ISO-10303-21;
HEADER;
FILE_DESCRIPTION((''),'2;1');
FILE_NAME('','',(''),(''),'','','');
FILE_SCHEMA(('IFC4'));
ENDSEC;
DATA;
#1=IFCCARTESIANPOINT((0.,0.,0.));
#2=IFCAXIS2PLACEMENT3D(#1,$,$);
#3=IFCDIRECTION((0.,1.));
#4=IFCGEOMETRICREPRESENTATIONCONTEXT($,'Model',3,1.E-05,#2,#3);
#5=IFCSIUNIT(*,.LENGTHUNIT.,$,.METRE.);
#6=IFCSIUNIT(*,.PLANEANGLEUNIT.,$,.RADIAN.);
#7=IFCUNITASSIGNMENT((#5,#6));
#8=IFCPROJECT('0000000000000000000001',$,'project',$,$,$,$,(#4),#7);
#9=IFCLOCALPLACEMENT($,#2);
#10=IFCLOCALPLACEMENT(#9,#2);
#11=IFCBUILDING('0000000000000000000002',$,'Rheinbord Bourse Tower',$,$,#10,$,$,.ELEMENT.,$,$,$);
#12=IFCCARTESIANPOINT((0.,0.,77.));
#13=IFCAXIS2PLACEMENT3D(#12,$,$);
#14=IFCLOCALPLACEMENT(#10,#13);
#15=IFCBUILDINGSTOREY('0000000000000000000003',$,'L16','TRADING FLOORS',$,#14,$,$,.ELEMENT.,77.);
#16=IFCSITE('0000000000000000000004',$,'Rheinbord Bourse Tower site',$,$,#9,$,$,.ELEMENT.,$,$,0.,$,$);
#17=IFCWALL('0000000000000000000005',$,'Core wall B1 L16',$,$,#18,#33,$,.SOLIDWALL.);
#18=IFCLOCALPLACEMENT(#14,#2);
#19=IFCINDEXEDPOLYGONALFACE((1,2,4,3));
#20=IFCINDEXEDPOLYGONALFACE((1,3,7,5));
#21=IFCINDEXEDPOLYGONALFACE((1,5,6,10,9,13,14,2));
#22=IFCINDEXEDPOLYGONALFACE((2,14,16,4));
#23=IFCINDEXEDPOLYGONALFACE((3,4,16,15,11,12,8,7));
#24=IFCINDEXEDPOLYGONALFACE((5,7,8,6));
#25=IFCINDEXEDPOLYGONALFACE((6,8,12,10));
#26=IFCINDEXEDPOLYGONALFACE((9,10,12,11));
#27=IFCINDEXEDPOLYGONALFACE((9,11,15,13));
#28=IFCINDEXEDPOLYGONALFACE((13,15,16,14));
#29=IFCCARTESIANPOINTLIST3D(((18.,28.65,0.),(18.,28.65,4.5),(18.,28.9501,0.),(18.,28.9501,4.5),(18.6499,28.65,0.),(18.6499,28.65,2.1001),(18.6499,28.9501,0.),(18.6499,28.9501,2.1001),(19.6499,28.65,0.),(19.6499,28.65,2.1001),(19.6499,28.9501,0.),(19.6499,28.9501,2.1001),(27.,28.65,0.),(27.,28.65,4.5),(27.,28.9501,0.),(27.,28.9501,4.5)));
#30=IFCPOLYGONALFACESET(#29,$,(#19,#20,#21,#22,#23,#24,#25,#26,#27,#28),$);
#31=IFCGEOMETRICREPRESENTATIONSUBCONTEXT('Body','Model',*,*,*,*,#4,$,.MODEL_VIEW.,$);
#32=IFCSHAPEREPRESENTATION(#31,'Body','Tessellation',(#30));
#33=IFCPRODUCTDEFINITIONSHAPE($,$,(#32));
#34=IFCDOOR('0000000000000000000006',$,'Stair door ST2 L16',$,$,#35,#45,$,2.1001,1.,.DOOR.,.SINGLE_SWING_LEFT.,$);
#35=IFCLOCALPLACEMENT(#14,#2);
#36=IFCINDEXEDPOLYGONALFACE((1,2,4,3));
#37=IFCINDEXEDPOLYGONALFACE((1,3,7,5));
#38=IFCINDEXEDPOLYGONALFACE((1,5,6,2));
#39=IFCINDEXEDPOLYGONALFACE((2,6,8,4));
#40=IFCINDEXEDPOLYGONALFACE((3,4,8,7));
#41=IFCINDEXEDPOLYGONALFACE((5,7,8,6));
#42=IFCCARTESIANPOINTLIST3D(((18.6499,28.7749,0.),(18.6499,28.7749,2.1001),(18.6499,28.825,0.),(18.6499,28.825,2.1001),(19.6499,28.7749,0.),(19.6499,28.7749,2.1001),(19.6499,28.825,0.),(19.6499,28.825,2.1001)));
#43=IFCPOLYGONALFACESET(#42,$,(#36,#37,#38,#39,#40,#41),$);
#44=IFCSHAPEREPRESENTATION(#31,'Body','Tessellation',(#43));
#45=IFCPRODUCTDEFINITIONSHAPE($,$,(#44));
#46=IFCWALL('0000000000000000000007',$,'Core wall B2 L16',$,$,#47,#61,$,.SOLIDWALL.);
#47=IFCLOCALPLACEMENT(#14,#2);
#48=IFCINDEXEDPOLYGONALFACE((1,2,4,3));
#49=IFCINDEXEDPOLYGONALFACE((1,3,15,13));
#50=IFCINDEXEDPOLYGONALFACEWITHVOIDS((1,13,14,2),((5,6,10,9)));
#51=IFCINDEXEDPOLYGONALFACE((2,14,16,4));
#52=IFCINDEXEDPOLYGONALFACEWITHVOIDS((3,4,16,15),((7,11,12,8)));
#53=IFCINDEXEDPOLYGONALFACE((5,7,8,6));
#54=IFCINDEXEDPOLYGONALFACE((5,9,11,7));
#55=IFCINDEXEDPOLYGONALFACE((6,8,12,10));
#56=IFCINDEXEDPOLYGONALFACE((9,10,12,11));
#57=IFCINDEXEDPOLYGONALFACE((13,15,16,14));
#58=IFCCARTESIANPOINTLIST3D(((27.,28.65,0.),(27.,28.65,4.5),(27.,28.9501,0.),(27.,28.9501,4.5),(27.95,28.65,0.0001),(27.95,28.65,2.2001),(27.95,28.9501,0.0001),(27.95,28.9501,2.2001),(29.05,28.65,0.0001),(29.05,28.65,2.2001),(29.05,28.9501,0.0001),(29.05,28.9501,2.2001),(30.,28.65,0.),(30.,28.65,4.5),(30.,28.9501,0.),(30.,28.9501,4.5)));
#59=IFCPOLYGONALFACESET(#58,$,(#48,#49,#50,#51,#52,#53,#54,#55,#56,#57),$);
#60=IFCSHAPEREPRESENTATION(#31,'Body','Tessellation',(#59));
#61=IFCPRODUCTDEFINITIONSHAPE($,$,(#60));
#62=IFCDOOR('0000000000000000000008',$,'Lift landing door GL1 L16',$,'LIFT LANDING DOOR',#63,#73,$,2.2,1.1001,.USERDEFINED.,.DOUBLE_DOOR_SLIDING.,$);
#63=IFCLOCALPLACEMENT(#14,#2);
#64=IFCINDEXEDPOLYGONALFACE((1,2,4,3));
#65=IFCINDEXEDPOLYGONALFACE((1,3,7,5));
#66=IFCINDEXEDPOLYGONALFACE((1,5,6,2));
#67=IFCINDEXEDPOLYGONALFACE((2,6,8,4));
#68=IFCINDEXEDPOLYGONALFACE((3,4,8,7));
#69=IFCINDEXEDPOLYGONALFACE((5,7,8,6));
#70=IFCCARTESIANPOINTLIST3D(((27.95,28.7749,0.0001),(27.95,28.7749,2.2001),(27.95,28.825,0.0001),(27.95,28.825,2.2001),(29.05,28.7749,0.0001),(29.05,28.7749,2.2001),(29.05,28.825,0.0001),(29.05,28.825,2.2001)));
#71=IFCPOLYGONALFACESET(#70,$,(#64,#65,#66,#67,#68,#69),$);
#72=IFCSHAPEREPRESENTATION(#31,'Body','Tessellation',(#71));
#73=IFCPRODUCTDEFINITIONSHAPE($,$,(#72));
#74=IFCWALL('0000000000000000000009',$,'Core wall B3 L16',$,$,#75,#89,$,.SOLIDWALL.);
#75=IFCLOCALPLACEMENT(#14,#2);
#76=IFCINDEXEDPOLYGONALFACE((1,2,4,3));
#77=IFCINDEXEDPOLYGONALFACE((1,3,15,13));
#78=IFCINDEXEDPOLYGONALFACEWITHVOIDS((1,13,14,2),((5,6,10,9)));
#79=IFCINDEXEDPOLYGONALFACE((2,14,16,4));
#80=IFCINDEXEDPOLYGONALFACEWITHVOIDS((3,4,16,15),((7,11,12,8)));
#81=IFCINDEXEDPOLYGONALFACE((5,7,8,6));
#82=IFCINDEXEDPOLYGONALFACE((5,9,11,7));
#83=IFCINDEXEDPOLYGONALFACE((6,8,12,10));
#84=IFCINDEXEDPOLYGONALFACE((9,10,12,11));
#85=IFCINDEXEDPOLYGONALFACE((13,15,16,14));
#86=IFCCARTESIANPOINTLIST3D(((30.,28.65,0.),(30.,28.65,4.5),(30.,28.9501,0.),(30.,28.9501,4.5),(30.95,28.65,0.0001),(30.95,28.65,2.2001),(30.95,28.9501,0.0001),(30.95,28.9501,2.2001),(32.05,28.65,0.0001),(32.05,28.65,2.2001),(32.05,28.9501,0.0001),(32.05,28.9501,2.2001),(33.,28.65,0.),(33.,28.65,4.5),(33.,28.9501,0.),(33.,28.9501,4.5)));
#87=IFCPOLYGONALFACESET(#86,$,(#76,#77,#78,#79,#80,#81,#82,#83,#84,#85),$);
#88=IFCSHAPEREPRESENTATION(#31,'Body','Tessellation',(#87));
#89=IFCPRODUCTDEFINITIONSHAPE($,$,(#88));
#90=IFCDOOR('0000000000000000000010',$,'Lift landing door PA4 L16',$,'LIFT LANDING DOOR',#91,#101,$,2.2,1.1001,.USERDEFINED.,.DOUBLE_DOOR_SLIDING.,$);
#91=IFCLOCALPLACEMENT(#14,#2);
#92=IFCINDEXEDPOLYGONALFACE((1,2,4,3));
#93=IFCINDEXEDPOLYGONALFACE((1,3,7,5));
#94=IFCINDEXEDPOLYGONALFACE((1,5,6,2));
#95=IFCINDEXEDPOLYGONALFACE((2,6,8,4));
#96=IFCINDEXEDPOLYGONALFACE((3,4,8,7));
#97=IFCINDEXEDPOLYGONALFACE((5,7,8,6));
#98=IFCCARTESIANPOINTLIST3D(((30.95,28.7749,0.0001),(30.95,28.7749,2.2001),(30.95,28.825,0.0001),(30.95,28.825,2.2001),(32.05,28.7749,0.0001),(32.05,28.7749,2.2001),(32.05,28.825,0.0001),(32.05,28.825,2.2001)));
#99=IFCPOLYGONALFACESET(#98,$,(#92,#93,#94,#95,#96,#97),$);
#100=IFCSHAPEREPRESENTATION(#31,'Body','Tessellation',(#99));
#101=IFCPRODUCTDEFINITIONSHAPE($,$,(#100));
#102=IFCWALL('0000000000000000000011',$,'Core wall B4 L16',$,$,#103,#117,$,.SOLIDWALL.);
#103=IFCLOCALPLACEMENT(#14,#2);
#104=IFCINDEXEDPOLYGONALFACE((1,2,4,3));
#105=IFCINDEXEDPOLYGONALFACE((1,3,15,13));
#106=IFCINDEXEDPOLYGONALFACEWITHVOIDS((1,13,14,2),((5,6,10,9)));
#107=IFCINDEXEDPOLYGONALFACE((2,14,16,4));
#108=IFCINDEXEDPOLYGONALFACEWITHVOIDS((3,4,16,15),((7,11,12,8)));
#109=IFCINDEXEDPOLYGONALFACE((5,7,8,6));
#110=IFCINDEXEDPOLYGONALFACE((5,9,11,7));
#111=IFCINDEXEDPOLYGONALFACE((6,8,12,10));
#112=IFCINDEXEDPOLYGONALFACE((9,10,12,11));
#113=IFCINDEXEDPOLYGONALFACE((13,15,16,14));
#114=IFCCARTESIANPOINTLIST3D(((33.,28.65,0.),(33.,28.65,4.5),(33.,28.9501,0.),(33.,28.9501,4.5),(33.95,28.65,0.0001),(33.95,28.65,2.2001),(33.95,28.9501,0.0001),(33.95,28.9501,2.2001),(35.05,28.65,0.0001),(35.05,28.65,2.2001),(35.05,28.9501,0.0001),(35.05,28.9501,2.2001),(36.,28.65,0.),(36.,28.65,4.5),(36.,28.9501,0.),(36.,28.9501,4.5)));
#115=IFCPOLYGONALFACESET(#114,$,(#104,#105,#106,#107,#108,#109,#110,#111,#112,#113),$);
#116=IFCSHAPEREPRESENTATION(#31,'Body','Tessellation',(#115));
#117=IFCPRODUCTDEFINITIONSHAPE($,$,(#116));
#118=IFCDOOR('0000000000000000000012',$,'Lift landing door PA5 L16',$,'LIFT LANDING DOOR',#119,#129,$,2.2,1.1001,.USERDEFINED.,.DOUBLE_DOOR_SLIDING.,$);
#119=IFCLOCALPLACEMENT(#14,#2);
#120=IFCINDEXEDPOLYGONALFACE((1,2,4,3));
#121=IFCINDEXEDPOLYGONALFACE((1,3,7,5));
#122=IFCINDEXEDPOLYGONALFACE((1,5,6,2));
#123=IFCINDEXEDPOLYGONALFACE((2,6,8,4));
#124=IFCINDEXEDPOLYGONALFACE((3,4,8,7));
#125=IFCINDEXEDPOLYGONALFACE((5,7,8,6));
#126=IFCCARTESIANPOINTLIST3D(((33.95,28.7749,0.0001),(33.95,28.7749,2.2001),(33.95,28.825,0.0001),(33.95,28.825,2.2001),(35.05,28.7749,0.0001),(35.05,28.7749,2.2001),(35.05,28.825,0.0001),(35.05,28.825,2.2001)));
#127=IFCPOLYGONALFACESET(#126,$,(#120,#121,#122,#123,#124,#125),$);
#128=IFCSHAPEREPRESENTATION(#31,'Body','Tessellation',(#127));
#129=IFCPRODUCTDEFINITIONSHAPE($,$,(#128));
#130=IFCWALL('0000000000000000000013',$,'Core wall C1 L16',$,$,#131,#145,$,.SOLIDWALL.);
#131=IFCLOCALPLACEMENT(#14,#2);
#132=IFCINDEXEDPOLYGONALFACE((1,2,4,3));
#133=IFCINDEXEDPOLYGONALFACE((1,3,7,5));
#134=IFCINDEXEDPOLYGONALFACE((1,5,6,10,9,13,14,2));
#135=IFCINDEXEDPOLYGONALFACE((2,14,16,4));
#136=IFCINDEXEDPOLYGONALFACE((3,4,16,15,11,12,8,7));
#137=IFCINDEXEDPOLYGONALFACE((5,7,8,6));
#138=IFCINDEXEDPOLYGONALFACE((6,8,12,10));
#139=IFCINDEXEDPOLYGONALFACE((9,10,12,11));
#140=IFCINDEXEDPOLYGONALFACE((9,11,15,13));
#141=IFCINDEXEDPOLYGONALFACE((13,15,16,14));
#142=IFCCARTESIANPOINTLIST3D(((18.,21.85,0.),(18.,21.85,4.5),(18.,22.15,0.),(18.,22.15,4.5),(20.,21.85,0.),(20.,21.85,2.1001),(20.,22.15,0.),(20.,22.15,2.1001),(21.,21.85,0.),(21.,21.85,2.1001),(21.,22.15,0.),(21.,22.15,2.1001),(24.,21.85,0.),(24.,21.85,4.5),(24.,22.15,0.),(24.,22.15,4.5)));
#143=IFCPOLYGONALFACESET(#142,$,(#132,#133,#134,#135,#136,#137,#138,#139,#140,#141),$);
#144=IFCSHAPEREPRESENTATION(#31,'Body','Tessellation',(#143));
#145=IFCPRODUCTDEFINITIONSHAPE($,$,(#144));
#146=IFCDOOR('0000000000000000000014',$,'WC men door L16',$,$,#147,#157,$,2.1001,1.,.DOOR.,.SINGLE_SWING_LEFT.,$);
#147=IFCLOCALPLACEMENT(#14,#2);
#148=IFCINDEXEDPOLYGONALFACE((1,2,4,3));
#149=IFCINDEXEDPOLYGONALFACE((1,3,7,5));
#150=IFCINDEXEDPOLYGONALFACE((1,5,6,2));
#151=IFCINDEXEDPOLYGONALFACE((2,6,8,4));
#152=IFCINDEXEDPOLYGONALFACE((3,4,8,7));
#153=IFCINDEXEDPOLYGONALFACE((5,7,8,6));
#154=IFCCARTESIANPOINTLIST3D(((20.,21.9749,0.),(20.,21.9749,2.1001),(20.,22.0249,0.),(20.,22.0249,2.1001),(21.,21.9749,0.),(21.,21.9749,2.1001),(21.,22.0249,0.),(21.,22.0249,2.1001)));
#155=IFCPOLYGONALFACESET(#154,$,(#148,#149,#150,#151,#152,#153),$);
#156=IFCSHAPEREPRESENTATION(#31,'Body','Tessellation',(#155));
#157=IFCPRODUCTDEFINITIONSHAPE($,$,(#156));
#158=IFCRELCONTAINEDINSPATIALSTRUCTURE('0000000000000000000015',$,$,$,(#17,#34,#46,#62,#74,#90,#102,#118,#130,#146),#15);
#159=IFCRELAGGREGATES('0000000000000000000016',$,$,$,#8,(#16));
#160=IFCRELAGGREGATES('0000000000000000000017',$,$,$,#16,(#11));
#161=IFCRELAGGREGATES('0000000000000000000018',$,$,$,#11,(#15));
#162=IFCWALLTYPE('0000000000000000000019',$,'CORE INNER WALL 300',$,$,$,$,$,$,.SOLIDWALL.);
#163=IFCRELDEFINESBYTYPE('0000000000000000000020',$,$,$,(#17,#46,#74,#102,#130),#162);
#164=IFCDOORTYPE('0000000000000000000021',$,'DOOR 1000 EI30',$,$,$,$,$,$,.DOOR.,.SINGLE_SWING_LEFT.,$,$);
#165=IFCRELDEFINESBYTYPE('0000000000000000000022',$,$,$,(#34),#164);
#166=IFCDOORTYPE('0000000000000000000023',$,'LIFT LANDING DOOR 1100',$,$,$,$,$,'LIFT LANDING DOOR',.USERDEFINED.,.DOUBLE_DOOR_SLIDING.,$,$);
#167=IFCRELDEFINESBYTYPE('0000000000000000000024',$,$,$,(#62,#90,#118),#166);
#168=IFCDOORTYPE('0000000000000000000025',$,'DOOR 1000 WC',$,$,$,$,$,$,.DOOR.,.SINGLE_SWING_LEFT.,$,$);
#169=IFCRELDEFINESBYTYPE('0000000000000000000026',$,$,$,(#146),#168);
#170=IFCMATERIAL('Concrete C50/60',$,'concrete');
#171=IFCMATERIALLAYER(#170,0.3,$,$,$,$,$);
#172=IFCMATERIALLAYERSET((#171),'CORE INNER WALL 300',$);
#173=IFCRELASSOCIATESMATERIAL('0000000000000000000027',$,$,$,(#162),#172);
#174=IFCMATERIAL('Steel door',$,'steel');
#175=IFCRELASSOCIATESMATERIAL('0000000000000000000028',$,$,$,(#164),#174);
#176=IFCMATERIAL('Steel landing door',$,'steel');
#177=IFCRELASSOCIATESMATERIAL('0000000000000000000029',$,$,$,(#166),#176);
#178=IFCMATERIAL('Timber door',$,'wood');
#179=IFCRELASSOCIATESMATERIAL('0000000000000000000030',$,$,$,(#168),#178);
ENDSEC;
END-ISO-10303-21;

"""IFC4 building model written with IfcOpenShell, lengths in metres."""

from ifc_helpers import new_model, si_unit, direction, frame, frame_2d, origin, place, context, subcontext, project, spatial, rectangle, extrude, material, layer, layer_set, type_object, element, fill, save


model = new_model("IFC4")

# Units and contexts
model_context = context("Model", 3, precision=1e-05, world=origin(), true_north=direction((0.0, 1.0)))
body_context = subcontext(model_context, "Body", "Model", "MODEL_VIEW")
ifc_project = project(units=[si_unit("LENGTHUNIT", "METRE"), si_unit("PLANEANGLEUNIT", "RADIAN")], contexts=[model_context])

# Site, building, storey
site_placement = place(None, origin())
site = spatial("IfcSite", under=ifc_project, at=site_placement, Name="Rheinbord Bourse Tower site", CompositionType="ELEMENT", RefElevation=0.0)
building_placement = place(site_placement, origin())
building = spatial("IfcBuilding", under=site, at=building_placement, Name="Rheinbord Bourse Tower", CompositionType="ELEMENT")
storey_placement = place(building_placement, frame((0.0, 0.0, 77.0)))
storey = spatial("IfcBuildingStorey", under=building, at=storey_placement, Name="L16", Description="TRADING FLOORS", CompositionType="ELEMENT", Elevation=77.0)

# Walls, openings, doors
ifc_material_1 = material(Name="Concrete C50/60", Category="concrete")
ifc_layer_1 = layer(ifc_material_1, 0.3)
ifc_layer_set_1 = layer_set([ifc_layer_1], Name="CORE INNER WALL 300")
wall_type_1 = type_object("IfcWallType", Name="CORE INNER WALL 300", PredefinedType="SOLIDWALL", material=ifc_layer_set_1)
wall_1_placement = place(storey_placement, frame((18.0, 28.8, 0.0), z_axis=(0.0, 0.0, 1.0), x_axis=(1.0, 0.0, 0.0)))
wall_1 = element("IfcWall", 1, at=wall_1_placement, inside=storey, type_object=wall_type_1, Name="Core wall B1 L16", PredefinedType="SOLIDWALL", context=body_context, shape_type="SweptSolid", body=[
    extrude(rectangle(XDim=9.0, YDim=0.3, at=frame_2d((4.5, 0.0))), origin(), (0.0, 0.0, 1.0), 4.5),
])
opening_1_placement = place(wall_1_placement, frame((0.6499, 0.0, 0.0)))
opening_1 = element("IfcOpeningElement", 2, at=opening_1_placement, cuts=wall_1, PredefinedType="OPENING", context=body_context, shape_type="SweptSolid", body=[
    extrude(rectangle(XDim=1.0, YDim=2.1001, at=frame_2d((0.5, 1.05))), frame((0.0, 0.1599, 0.0), z_axis=(0.0, -1.0, 0.0), x_axis=(1.0, 0.0, 0.0)), (0.0, 0.0, 1.0), 0.3201),
])
ifc_material_2 = material(Name="Steel door", Category="steel")
door_type_1 = type_object("IfcDoorType", Name="DOOR 1000 EI30", OperationType="SINGLE_SWING_LEFT", PredefinedType="DOOR", material=ifc_material_2)
door_1_placement = place(opening_1_placement, origin())
door_1 = element("IfcDoor", 3, at=door_1_placement, inside=storey, type_object=door_type_1, Name="Stair door ST2 L16", OperationType="SINGLE_SWING_LEFT", OverallHeight=2.1001, OverallWidth=1.0, PredefinedType="DOOR", context=body_context, shape_type="SweptSolid", body=[
    extrude(rectangle(XDim=1.0, YDim=2.1001, at=frame_2d((0.5, 1.05))), frame((0.0, 0.0249, 0.0), z_axis=(0.0, -1.0, 0.0), x_axis=(1.0, 0.0, 0.0)), (0.0, 0.0, 1.0), 0.05),
])
fill(opening_1, door_1)
wall_2_placement = place(storey_placement, frame((27.0, 28.8, 0.0), z_axis=(0.0, 0.0, 1.0), x_axis=(1.0, 0.0, 0.0)))
wall_2 = element("IfcWall", 4, at=wall_2_placement, inside=storey, type_object=wall_type_1, Name="Core wall B2 L16", PredefinedType="SOLIDWALL", context=body_context, shape_type="SweptSolid", body=[
    extrude(rectangle(XDim=3.0, YDim=0.3, at=frame_2d((1.5, 0.0))), origin(), (0.0, 0.0, 1.0), 4.5),
])
opening_2_placement = place(wall_2_placement, frame((0.95, 0.0, 0.0)))
opening_2 = element("IfcOpeningElement", 5, at=opening_2_placement, cuts=wall_2, PredefinedType="OPENING", context=body_context, shape_type="SweptSolid", body=[
    extrude(rectangle(XDim=1.1001, YDim=2.2, at=frame_2d((0.55, 1.1001))), frame((0.0, 0.1599, 0.0), z_axis=(0.0, -1.0, 0.0), x_axis=(1.0, 0.0, 0.0)), (0.0, 0.0, 1.0), 0.3201),
])
ifc_material_3 = material(Name="Steel landing door", Category="steel")
door_type_2 = type_object("IfcDoorType", Name="LIFT LANDING DOOR 1100", ElementType="LIFT LANDING DOOR", OperationType="DOUBLE_DOOR_SLIDING", PredefinedType="USERDEFINED", material=ifc_material_3)
door_2_placement = place(opening_2_placement, origin())
door_2 = element("IfcDoor", 6, at=door_2_placement, inside=storey, type_object=door_type_2, Name="Lift landing door GL1 L16", ObjectType="LIFT LANDING DOOR", OperationType="DOUBLE_DOOR_SLIDING", OverallHeight=2.2, OverallWidth=1.1001, PredefinedType="USERDEFINED", context=body_context, shape_type="SweptSolid", body=[
    extrude(rectangle(XDim=1.1001, YDim=2.2, at=frame_2d((0.55, 1.1001))), frame((0.0, 0.0249, 0.0), z_axis=(0.0, -1.0, 0.0), x_axis=(1.0, 0.0, 0.0)), (0.0, 0.0, 1.0), 0.05),
])
fill(opening_2, door_2)
wall_3_placement = place(storey_placement, frame((30.0, 28.8, 0.0), z_axis=(0.0, 0.0, 1.0), x_axis=(1.0, 0.0, 0.0)))
wall_3 = element("IfcWall", 7, at=wall_3_placement, inside=storey, type_object=wall_type_1, Name="Core wall B3 L16", PredefinedType="SOLIDWALL", context=body_context, shape_type="SweptSolid", body=[
    extrude(rectangle(XDim=3.0, YDim=0.3, at=frame_2d((1.5, 0.0))), origin(), (0.0, 0.0, 1.0), 4.5),
])
opening_3_placement = place(wall_3_placement, frame((0.95, 0.0, 0.0)))
opening_3 = element("IfcOpeningElement", 8, at=opening_3_placement, cuts=wall_3, PredefinedType="OPENING", context=body_context, shape_type="SweptSolid", body=[
    extrude(rectangle(XDim=1.1001, YDim=2.2, at=frame_2d((0.55, 1.1001))), frame((0.0, 0.1599, 0.0), z_axis=(0.0, -1.0, 0.0), x_axis=(1.0, 0.0, 0.0)), (0.0, 0.0, 1.0), 0.3201),
])
door_3_placement = place(opening_3_placement, origin())
door_3 = element("IfcDoor", 9, at=door_3_placement, inside=storey, type_object=door_type_2, Name="Lift landing door PA4 L16", ObjectType="LIFT LANDING DOOR", OperationType="DOUBLE_DOOR_SLIDING", OverallHeight=2.2, OverallWidth=1.1001, PredefinedType="USERDEFINED", context=body_context, shape_type="SweptSolid", body=[
    extrude(rectangle(XDim=1.1001, YDim=2.2, at=frame_2d((0.55, 1.1001))), frame((0.0, 0.0249, 0.0), z_axis=(0.0, -1.0, 0.0), x_axis=(1.0, 0.0, 0.0)), (0.0, 0.0, 1.0), 0.05),
])
fill(opening_3, door_3)
wall_4_placement = place(storey_placement, frame((33.0, 28.8, 0.0), z_axis=(0.0, 0.0, 1.0), x_axis=(1.0, 0.0, 0.0)))
wall_4 = element("IfcWall", 10, at=wall_4_placement, inside=storey, type_object=wall_type_1, Name="Core wall B4 L16", PredefinedType="SOLIDWALL", context=body_context, shape_type="SweptSolid", body=[
    extrude(rectangle(XDim=3.0, YDim=0.3, at=frame_2d((1.5, 0.0))), origin(), (0.0, 0.0, 1.0), 4.5),
])
opening_4_placement = place(wall_4_placement, frame((0.95, 0.0, 0.0)))
opening_4 = element("IfcOpeningElement", 11, at=opening_4_placement, cuts=wall_4, PredefinedType="OPENING", context=body_context, shape_type="SweptSolid", body=[
    extrude(rectangle(XDim=1.1001, YDim=2.2, at=frame_2d((0.55, 1.1001))), frame((0.0, 0.1599, 0.0), z_axis=(0.0, -1.0, 0.0), x_axis=(1.0, 0.0, 0.0)), (0.0, 0.0, 1.0), 0.3201),
])
door_4_placement = place(opening_4_placement, origin())
door_4 = element("IfcDoor", 12, at=door_4_placement, inside=storey, type_object=door_type_2, Name="Lift landing door PA5 L16", ObjectType="LIFT LANDING DOOR", OperationType="DOUBLE_DOOR_SLIDING", OverallHeight=2.2, OverallWidth=1.1001, PredefinedType="USERDEFINED", context=body_context, shape_type="SweptSolid", body=[
    extrude(rectangle(XDim=1.1001, YDim=2.2, at=frame_2d((0.55, 1.1001))), frame((0.0, 0.0249, 0.0), z_axis=(0.0, -1.0, 0.0), x_axis=(1.0, 0.0, 0.0)), (0.0, 0.0, 1.0), 0.05),
])
fill(opening_4, door_4)
wall_5_placement = place(storey_placement, frame((18.0, 22.0, 0.0), z_axis=(0.0, 0.0, 1.0), x_axis=(1.0, 0.0, 0.0)))
wall_5 = element("IfcWall", 13, at=wall_5_placement, inside=storey, type_object=wall_type_1, Name="Core wall C1 L16", PredefinedType="SOLIDWALL", context=body_context, shape_type="SweptSolid", body=[
    extrude(rectangle(XDim=6.0, YDim=0.3, at=frame_2d((3.0, 0.0))), origin(), (0.0, 0.0, 1.0), 4.5),
])
opening_5_placement = place(wall_5_placement, frame((2.0, 0.0, 0.0)))
opening_5 = element("IfcOpeningElement", 14, at=opening_5_placement, cuts=wall_5, PredefinedType="OPENING", context=body_context, shape_type="SweptSolid", body=[
    extrude(rectangle(XDim=1.0, YDim=2.1001, at=frame_2d((0.5, 1.05))), frame((0.0, 0.1599, 0.0), z_axis=(0.0, -1.0, 0.0), x_axis=(1.0, 0.0, 0.0)), (0.0, 0.0, 1.0), 0.3201),
])
ifc_material_4 = material(Name="Timber door", Category="wood")
door_type_3 = type_object("IfcDoorType", Name="DOOR 1000 WC", OperationType="SINGLE_SWING_LEFT", PredefinedType="DOOR", material=ifc_material_4)
door_5_placement = place(opening_5_placement, origin())
door_5 = element("IfcDoor", 15, at=door_5_placement, inside=storey, type_object=door_type_3, Name="WC men door L16", OperationType="SINGLE_SWING_LEFT", OverallHeight=2.1001, OverallWidth=1.0, PredefinedType="DOOR", context=body_context, shape_type="SweptSolid", body=[
    extrude(rectangle(XDim=1.0, YDim=2.1001, at=frame_2d((0.5, 1.05))), frame((0.0, 0.0249, 0.0), z_axis=(0.0, -1.0, 0.0), x_axis=(1.0, 0.0, 0.0)), (0.0, 0.0, 1.0), 0.05),
])
fill(opening_5, door_5)

save(model, "model.ifc")
